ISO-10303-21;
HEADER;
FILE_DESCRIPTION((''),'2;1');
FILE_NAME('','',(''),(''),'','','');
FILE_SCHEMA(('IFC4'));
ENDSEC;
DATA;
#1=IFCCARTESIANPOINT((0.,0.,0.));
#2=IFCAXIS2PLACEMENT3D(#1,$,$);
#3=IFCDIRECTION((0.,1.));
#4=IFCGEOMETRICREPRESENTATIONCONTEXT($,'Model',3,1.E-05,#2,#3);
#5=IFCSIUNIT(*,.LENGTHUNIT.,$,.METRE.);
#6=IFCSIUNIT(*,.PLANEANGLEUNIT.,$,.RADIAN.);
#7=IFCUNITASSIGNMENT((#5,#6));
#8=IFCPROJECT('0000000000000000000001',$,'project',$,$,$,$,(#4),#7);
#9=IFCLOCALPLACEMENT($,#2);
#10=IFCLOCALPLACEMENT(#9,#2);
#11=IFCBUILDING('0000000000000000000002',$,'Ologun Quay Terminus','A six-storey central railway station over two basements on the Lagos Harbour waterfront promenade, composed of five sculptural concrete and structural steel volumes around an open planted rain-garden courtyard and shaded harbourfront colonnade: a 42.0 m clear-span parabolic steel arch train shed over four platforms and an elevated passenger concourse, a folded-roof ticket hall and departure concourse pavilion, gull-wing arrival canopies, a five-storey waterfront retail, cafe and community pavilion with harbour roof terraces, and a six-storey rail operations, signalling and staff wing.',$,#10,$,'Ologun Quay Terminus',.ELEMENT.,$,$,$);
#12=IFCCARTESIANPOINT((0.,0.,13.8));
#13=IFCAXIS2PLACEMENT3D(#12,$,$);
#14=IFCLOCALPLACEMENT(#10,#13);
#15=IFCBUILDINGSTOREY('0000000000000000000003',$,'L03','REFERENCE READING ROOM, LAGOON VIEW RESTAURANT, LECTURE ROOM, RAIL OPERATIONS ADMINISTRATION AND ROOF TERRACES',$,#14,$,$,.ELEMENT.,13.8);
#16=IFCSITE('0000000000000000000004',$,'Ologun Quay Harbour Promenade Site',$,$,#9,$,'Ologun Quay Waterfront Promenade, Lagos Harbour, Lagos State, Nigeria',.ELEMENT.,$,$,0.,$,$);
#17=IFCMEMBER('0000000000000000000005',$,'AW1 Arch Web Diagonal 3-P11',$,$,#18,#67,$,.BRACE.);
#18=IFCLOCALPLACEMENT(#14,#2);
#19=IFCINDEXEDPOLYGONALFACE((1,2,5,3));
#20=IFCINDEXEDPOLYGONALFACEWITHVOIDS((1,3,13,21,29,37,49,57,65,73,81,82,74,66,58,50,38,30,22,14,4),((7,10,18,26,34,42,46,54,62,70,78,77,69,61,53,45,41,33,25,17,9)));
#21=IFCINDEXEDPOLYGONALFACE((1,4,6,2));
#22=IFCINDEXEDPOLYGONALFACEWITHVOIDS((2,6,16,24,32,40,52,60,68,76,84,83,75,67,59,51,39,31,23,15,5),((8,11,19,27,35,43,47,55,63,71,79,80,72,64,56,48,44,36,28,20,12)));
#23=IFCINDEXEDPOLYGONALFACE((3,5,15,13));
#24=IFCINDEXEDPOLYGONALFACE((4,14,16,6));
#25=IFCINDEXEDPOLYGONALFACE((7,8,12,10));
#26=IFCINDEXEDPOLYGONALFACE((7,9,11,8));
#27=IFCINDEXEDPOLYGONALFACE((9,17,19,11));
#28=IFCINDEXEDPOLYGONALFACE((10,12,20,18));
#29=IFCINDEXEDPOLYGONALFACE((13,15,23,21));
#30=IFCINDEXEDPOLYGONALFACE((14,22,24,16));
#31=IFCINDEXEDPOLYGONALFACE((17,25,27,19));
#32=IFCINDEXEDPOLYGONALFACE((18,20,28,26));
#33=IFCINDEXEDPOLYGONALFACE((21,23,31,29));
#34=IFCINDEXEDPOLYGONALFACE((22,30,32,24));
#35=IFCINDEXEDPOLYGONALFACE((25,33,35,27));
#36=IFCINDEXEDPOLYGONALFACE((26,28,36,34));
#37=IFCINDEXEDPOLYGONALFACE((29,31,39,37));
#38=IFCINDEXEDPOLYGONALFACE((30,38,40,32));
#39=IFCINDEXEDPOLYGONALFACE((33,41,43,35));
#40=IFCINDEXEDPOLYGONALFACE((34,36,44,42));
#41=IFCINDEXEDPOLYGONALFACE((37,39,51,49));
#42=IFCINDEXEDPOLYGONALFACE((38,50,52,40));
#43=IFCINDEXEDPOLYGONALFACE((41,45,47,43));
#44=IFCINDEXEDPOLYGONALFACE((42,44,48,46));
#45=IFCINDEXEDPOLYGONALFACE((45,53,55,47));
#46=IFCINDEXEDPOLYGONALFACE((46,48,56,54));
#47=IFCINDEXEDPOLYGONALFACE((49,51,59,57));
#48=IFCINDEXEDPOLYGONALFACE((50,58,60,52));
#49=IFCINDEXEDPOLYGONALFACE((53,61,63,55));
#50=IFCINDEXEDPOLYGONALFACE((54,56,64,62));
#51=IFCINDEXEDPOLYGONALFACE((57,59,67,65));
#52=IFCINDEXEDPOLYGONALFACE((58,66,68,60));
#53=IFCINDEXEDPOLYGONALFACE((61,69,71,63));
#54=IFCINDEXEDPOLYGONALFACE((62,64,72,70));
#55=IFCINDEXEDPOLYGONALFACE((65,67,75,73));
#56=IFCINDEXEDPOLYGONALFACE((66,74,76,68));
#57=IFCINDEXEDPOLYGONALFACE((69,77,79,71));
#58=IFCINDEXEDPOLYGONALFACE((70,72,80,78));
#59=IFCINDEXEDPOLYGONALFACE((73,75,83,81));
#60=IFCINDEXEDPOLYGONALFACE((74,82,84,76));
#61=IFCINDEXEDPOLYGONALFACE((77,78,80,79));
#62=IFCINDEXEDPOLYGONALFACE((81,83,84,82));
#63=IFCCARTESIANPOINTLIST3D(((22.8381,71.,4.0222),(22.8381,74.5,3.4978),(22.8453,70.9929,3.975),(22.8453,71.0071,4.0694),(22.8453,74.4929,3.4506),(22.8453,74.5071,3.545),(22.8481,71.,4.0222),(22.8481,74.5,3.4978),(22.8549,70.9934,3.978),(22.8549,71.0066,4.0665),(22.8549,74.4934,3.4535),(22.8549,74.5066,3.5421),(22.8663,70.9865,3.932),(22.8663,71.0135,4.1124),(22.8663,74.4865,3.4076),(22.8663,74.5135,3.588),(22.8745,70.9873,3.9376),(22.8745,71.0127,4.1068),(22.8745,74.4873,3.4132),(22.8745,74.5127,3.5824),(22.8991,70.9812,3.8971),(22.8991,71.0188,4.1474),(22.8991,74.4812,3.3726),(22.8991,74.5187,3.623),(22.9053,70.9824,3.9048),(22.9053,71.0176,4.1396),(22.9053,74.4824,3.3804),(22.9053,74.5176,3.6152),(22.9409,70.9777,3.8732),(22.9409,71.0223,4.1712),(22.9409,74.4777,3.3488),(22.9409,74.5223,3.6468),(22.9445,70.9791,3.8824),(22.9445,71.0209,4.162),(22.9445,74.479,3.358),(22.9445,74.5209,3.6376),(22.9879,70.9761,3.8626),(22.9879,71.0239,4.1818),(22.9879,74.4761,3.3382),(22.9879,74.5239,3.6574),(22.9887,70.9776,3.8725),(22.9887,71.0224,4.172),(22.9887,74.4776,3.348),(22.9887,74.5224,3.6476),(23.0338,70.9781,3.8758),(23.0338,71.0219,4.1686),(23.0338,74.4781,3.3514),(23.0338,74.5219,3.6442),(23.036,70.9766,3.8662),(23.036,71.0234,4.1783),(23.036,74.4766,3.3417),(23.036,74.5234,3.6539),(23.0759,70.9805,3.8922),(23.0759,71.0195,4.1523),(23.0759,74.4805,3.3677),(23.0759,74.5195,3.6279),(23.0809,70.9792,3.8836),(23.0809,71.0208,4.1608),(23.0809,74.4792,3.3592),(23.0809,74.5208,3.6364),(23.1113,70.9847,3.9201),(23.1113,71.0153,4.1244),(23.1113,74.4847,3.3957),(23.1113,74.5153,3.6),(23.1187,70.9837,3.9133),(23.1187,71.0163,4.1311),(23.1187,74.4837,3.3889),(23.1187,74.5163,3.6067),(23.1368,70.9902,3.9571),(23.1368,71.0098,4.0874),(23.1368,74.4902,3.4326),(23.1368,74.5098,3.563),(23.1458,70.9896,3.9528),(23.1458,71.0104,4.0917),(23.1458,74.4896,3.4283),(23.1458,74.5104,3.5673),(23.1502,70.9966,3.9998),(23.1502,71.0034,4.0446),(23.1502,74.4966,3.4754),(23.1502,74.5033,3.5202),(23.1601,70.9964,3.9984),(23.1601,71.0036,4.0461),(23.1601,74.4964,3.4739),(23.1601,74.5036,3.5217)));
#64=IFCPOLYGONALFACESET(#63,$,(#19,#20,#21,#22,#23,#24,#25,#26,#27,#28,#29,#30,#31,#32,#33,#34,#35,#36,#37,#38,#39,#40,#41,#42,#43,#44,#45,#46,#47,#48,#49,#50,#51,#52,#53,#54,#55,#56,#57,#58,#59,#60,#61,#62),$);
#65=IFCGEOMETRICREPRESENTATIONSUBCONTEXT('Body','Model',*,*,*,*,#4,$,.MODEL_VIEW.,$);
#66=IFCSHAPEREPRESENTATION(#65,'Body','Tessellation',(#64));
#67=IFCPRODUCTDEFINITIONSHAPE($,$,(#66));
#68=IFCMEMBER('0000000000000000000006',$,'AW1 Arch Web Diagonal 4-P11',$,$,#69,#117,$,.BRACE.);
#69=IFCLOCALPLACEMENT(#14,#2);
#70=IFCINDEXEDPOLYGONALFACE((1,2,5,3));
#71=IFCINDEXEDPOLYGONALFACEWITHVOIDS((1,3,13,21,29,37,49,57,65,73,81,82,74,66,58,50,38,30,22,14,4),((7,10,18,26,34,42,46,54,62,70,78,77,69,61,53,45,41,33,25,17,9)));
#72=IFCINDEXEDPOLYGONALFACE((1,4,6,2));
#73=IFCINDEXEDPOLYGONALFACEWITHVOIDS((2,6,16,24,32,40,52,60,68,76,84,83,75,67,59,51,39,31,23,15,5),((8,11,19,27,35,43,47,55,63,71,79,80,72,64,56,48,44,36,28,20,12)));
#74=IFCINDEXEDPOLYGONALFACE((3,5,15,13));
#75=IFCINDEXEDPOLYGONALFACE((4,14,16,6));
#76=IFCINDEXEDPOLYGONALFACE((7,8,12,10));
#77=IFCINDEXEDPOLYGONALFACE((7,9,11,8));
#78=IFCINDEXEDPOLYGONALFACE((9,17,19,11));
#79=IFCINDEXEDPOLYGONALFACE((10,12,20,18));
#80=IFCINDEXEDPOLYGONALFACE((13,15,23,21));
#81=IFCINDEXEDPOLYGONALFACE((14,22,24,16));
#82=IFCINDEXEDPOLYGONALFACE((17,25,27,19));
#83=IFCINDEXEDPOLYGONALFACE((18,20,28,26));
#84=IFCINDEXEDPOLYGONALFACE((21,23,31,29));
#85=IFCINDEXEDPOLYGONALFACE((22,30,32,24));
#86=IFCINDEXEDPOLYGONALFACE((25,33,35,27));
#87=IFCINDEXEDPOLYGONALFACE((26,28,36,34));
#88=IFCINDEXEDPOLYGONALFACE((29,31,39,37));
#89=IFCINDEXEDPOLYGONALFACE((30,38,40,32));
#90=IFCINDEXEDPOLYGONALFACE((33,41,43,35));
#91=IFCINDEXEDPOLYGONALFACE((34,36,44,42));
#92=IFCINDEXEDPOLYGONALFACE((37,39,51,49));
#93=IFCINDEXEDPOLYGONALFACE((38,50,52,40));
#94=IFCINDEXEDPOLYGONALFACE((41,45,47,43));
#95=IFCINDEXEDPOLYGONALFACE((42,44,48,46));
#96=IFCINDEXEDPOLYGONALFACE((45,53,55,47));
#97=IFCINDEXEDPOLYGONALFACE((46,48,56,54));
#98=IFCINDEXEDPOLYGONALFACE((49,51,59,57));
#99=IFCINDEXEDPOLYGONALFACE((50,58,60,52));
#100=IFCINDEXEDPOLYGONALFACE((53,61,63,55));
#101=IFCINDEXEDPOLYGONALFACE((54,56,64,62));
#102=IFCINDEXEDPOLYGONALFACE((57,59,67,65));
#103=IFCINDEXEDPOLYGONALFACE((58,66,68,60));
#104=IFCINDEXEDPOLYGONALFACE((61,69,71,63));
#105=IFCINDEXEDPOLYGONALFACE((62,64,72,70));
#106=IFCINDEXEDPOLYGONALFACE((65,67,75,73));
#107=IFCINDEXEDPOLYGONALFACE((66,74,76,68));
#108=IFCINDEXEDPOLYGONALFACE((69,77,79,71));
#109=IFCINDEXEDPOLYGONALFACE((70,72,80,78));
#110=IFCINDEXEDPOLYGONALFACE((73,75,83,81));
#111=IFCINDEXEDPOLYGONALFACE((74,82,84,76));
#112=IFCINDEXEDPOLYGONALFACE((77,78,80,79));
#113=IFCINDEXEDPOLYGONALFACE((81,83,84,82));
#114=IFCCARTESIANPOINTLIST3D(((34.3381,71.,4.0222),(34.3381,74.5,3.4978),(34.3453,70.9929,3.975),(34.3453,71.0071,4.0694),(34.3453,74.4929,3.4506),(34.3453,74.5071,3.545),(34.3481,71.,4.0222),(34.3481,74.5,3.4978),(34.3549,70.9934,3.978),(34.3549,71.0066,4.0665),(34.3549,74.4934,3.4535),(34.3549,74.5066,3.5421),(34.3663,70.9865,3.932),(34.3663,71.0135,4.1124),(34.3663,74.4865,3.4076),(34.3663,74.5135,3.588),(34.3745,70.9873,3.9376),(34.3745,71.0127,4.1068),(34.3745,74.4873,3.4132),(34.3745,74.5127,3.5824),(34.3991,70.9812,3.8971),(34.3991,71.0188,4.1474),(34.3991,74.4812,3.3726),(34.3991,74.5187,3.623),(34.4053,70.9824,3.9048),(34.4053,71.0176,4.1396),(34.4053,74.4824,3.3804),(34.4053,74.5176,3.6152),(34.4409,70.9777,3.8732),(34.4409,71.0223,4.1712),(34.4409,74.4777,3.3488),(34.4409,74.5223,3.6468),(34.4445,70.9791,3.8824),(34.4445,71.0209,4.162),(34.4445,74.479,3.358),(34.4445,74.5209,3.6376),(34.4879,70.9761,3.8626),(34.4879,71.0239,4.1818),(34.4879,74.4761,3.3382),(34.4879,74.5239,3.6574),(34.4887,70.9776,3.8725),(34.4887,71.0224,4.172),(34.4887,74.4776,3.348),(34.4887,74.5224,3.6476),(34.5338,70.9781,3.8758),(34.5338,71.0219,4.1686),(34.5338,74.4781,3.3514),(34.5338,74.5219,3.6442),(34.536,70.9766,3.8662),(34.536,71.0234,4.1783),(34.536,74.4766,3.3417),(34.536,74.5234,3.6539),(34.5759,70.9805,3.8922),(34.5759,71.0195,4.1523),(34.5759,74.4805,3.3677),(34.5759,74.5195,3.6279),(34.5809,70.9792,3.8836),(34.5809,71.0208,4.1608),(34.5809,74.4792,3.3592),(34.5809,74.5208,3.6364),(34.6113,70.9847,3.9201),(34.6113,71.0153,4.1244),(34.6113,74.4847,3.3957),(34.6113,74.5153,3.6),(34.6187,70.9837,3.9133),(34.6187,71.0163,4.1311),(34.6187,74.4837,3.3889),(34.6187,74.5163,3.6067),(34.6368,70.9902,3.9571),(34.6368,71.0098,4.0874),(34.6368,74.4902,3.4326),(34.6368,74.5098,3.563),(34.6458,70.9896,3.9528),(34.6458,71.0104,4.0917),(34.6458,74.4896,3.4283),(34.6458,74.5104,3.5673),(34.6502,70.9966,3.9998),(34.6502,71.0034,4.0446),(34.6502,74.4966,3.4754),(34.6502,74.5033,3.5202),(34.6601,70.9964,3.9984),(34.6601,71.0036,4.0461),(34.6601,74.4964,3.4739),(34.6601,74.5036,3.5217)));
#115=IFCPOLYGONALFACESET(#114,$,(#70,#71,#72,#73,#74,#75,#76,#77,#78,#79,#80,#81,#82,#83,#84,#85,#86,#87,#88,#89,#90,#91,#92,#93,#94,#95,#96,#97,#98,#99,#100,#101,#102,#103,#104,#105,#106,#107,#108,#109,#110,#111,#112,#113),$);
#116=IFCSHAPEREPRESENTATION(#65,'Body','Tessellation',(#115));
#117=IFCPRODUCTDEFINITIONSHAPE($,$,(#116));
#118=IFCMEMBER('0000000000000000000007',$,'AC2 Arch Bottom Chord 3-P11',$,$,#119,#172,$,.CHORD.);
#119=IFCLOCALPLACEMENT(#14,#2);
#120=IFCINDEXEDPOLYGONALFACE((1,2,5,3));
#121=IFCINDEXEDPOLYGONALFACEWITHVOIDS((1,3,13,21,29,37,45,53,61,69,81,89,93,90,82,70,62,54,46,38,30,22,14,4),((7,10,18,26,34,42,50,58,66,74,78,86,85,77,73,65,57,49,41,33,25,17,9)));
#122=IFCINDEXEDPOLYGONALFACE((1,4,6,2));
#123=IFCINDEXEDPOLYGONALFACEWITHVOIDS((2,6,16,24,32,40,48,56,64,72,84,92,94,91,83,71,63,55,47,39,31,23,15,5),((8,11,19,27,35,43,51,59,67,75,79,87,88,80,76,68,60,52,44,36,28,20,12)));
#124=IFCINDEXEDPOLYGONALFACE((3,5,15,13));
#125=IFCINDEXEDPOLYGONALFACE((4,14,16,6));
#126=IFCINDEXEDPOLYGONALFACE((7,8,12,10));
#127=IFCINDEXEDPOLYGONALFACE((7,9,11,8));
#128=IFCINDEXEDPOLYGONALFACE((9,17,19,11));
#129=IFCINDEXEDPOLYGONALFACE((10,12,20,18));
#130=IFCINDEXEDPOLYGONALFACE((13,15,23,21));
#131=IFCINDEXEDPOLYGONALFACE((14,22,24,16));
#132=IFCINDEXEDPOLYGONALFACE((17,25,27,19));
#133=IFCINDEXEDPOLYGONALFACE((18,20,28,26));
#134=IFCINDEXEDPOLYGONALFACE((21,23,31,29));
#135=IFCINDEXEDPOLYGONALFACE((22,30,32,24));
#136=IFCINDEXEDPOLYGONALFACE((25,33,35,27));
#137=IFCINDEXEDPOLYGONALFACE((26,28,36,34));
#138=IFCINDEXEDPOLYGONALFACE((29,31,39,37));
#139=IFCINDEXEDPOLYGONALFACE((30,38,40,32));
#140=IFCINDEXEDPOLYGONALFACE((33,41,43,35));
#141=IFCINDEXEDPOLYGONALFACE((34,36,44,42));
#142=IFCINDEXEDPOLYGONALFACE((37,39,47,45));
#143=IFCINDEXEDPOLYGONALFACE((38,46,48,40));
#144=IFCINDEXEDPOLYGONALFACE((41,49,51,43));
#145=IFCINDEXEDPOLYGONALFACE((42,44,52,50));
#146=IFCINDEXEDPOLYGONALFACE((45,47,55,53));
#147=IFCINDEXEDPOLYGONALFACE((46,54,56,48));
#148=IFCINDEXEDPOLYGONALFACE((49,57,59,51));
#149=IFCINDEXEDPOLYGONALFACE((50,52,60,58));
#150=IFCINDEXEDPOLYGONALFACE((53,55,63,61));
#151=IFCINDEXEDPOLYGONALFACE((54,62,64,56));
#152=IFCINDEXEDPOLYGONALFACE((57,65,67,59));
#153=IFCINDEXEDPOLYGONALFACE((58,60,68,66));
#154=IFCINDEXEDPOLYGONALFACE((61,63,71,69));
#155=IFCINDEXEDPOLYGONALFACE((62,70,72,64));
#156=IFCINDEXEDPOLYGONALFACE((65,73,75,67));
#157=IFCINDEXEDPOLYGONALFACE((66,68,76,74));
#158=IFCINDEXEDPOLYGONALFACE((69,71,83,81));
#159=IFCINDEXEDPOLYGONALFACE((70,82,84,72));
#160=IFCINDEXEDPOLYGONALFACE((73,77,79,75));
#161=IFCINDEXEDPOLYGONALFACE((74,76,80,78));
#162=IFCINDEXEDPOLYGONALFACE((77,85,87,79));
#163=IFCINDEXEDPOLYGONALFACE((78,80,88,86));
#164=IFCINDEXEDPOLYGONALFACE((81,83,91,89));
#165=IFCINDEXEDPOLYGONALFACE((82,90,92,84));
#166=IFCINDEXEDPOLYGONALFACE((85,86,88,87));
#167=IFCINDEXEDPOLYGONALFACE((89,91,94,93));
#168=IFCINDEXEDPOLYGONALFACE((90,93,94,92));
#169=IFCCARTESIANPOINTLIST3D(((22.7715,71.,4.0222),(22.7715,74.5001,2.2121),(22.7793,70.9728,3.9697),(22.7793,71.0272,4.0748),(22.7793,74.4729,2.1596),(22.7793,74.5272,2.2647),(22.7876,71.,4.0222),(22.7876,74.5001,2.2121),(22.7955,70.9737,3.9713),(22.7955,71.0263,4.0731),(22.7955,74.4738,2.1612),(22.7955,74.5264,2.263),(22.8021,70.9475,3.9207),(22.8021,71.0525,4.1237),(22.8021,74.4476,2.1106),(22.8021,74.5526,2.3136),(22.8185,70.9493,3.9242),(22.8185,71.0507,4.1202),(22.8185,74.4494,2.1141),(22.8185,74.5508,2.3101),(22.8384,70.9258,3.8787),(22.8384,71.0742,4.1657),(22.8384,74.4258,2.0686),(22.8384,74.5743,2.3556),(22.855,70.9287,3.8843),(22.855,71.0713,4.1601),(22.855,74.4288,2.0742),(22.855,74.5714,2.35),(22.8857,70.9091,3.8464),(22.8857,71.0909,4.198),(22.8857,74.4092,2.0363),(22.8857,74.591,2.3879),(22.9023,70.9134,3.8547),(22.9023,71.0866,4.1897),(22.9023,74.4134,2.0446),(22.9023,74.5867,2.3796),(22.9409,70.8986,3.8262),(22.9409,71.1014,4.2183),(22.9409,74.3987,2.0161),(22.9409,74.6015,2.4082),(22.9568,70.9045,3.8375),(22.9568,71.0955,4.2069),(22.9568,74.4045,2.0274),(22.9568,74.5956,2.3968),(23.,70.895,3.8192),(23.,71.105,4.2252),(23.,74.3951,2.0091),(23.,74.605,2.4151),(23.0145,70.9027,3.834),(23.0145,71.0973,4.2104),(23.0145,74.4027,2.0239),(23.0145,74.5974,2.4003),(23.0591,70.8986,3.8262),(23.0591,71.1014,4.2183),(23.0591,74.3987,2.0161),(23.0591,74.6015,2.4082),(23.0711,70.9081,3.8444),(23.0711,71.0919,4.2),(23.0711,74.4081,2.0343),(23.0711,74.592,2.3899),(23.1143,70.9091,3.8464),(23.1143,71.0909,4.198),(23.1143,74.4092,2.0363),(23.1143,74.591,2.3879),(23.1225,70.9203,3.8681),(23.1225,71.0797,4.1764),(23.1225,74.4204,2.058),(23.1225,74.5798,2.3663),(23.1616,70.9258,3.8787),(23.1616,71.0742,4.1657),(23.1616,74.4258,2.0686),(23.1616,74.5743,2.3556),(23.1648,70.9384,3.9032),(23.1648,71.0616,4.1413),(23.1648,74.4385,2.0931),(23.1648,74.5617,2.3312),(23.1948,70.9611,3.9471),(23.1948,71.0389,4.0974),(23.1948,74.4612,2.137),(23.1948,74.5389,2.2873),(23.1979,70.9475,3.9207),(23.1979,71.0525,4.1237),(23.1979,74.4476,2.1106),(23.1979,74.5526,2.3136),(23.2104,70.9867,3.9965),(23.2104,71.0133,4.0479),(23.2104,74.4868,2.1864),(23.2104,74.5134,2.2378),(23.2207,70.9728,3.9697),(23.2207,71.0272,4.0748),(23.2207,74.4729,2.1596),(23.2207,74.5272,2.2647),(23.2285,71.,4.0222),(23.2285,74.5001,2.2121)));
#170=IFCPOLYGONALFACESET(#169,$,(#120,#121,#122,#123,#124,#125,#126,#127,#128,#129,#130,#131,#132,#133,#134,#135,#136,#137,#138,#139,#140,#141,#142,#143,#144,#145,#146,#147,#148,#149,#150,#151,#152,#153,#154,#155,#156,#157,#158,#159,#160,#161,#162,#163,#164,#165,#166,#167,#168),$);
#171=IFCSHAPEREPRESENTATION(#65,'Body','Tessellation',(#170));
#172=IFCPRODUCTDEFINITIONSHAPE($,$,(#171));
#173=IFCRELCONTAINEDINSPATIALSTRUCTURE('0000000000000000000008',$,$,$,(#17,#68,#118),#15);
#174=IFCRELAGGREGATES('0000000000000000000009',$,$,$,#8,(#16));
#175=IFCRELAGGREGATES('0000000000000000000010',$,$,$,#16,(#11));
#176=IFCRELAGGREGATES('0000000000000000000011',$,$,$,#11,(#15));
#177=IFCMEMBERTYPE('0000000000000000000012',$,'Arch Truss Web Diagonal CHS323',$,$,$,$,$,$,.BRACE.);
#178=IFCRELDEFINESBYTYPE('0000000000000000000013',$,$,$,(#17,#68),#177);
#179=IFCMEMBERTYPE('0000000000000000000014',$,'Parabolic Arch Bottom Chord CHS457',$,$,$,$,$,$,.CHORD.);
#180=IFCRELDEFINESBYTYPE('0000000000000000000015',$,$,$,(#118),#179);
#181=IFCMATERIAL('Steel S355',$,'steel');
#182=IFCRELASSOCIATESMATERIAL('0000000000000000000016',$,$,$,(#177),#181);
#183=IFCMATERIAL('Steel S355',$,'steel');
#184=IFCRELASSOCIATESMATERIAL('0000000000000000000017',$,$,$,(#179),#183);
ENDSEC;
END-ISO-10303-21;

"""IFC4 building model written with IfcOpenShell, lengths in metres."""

from ifc_helpers import new_model, si_unit, direction, frame, origin, origin_2d, place, context, subcontext, project, spatial, hollow_circle, extrude, material, material_profile, profile_set, type_object, element, save


model = new_model("IFC4")

# Units and contexts
model_context = context("Model", 3, precision=1e-05, world=origin(), true_north=direction((0.0, 1.0)))
body_context = subcontext(model_context, "Body", "Model", "MODEL_VIEW")
ifc_project = project(units=[si_unit("LENGTHUNIT", "METRE"), si_unit("PLANEANGLEUNIT", "RADIAN")], contexts=[model_context])

# Site, building, storey
site_placement = place(None, origin())
site = spatial("IfcSite", under=ifc_project, at=site_placement, Name="Ologun Quay Harbour Promenade Site", LongName="Ologun Quay Waterfront Promenade, Lagos Harbour, Lagos State, Nigeria", CompositionType="ELEMENT", RefElevation=0.0)
building_placement = place(site_placement, origin())
building = spatial("IfcBuilding", under=site, at=building_placement, Name="Ologun Quay Terminus", Description="A six-storey central railway station over two basements on the Lagos Harbour waterfront promenade, composed of five sculptural concrete and structural steel volumes around an open planted rain-garden courtyard and shaded harbourfront colonnade: a 42.0 m clear-span parabolic steel arch train shed over four platforms and an elevated passenger concourse, a folded-roof ticket hall and departure concourse pavilion, gull-wing arrival canopies, a five-storey waterfront retail, cafe and community pavilion with harbour roof terraces, and a six-storey rail operations, signalling and staff wing.", LongName="Ologun Quay Terminus", CompositionType="ELEMENT")
storey_placement = place(building_placement, frame((0.0, 0.0, 13.8)))
storey = spatial("IfcBuildingStorey", under=building, at=storey_placement, Name="L03", Description="REFERENCE READING ROOM, LAGOON VIEW RESTAURANT, LECTURE ROOM, RAIL OPERATIONS ADMINISTRATION AND ROOF TERRACES", CompositionType="ELEMENT", Elevation=13.8)

# Members
ifc_material_1 = material(Name="Steel S355", Category="steel")
ifc_material_profile_1 = material_profile(ifc_material_1, hollow_circle(Radius=0.1619, WallThickness=0.01, at=origin_2d()), Name="CHS 323.9x10")
ifc_profile_set_1 = profile_set([ifc_material_profile_1], Name="Steel S355")
member_type_1 = type_object("IfcMemberType", Name="Arch Truss Web Diagonal CHS323", PredefinedType="BRACE", material=ifc_profile_set_1)
for number, where, z_axis, x_axis, name in (
    (1, (23.0, 71.0, 4.0222), (0.0, 0.988961, -0.148179), (-1.0, 0.0, 0.0), "AW1 Arch Web Diagonal 3-P11"),
    (2, (34.5, 71.0, 4.0222), (0.0, 0.988961, -0.148179), (-1.0, 0.0, 0.0), "AW1 Arch Web Diagonal 4-P11"),
):
    element("IfcMember", number, at=place(storey_placement, frame(where, z_axis=z_axis, x_axis=x_axis)), inside=storey, type_object=member_type_1, Name=name, PredefinedType="BRACE", context=body_context, shape_type="SweptSolid", body=[
        extrude(hollow_circle(Radius=0.1619, WallThickness=0.01, at=origin_2d()), origin(), (0.0, 0.0, 1.0), 3.5391),
    ])
ifc_material_2 = material(Name="Steel S355", Category="steel")
ifc_material_profile_2 = material_profile(ifc_material_2, hollow_circle(Radius=0.2285, WallThickness=0.0161, at=origin_2d()), Name="CHS 457x16")
ifc_profile_set_2 = profile_set([ifc_material_profile_2], Name="Steel S355")
member_type_2 = type_object("IfcMemberType", Name="Parabolic Arch Bottom Chord CHS457", PredefinedType="CHORD", material=ifc_profile_set_2)
member_1_placement = place(storey_placement, frame((23.0, 71.0, 4.0222), z_axis=(0.0, 0.888247, -0.459366), x_axis=(-1.0, 0.0, 0.0)))
element("IfcMember", 3, at=member_1_placement, inside=storey, type_object=member_type_2, Name="AC2 Arch Bottom Chord 3-P11", PredefinedType="CHORD", context=body_context, shape_type="SweptSolid", body=[
    extrude(hollow_circle(Radius=0.2285, WallThickness=0.0161, at=origin_2d()), origin(), (0.0, 0.0, 1.0), 3.9404),
])

save(model, "model.ifc")
